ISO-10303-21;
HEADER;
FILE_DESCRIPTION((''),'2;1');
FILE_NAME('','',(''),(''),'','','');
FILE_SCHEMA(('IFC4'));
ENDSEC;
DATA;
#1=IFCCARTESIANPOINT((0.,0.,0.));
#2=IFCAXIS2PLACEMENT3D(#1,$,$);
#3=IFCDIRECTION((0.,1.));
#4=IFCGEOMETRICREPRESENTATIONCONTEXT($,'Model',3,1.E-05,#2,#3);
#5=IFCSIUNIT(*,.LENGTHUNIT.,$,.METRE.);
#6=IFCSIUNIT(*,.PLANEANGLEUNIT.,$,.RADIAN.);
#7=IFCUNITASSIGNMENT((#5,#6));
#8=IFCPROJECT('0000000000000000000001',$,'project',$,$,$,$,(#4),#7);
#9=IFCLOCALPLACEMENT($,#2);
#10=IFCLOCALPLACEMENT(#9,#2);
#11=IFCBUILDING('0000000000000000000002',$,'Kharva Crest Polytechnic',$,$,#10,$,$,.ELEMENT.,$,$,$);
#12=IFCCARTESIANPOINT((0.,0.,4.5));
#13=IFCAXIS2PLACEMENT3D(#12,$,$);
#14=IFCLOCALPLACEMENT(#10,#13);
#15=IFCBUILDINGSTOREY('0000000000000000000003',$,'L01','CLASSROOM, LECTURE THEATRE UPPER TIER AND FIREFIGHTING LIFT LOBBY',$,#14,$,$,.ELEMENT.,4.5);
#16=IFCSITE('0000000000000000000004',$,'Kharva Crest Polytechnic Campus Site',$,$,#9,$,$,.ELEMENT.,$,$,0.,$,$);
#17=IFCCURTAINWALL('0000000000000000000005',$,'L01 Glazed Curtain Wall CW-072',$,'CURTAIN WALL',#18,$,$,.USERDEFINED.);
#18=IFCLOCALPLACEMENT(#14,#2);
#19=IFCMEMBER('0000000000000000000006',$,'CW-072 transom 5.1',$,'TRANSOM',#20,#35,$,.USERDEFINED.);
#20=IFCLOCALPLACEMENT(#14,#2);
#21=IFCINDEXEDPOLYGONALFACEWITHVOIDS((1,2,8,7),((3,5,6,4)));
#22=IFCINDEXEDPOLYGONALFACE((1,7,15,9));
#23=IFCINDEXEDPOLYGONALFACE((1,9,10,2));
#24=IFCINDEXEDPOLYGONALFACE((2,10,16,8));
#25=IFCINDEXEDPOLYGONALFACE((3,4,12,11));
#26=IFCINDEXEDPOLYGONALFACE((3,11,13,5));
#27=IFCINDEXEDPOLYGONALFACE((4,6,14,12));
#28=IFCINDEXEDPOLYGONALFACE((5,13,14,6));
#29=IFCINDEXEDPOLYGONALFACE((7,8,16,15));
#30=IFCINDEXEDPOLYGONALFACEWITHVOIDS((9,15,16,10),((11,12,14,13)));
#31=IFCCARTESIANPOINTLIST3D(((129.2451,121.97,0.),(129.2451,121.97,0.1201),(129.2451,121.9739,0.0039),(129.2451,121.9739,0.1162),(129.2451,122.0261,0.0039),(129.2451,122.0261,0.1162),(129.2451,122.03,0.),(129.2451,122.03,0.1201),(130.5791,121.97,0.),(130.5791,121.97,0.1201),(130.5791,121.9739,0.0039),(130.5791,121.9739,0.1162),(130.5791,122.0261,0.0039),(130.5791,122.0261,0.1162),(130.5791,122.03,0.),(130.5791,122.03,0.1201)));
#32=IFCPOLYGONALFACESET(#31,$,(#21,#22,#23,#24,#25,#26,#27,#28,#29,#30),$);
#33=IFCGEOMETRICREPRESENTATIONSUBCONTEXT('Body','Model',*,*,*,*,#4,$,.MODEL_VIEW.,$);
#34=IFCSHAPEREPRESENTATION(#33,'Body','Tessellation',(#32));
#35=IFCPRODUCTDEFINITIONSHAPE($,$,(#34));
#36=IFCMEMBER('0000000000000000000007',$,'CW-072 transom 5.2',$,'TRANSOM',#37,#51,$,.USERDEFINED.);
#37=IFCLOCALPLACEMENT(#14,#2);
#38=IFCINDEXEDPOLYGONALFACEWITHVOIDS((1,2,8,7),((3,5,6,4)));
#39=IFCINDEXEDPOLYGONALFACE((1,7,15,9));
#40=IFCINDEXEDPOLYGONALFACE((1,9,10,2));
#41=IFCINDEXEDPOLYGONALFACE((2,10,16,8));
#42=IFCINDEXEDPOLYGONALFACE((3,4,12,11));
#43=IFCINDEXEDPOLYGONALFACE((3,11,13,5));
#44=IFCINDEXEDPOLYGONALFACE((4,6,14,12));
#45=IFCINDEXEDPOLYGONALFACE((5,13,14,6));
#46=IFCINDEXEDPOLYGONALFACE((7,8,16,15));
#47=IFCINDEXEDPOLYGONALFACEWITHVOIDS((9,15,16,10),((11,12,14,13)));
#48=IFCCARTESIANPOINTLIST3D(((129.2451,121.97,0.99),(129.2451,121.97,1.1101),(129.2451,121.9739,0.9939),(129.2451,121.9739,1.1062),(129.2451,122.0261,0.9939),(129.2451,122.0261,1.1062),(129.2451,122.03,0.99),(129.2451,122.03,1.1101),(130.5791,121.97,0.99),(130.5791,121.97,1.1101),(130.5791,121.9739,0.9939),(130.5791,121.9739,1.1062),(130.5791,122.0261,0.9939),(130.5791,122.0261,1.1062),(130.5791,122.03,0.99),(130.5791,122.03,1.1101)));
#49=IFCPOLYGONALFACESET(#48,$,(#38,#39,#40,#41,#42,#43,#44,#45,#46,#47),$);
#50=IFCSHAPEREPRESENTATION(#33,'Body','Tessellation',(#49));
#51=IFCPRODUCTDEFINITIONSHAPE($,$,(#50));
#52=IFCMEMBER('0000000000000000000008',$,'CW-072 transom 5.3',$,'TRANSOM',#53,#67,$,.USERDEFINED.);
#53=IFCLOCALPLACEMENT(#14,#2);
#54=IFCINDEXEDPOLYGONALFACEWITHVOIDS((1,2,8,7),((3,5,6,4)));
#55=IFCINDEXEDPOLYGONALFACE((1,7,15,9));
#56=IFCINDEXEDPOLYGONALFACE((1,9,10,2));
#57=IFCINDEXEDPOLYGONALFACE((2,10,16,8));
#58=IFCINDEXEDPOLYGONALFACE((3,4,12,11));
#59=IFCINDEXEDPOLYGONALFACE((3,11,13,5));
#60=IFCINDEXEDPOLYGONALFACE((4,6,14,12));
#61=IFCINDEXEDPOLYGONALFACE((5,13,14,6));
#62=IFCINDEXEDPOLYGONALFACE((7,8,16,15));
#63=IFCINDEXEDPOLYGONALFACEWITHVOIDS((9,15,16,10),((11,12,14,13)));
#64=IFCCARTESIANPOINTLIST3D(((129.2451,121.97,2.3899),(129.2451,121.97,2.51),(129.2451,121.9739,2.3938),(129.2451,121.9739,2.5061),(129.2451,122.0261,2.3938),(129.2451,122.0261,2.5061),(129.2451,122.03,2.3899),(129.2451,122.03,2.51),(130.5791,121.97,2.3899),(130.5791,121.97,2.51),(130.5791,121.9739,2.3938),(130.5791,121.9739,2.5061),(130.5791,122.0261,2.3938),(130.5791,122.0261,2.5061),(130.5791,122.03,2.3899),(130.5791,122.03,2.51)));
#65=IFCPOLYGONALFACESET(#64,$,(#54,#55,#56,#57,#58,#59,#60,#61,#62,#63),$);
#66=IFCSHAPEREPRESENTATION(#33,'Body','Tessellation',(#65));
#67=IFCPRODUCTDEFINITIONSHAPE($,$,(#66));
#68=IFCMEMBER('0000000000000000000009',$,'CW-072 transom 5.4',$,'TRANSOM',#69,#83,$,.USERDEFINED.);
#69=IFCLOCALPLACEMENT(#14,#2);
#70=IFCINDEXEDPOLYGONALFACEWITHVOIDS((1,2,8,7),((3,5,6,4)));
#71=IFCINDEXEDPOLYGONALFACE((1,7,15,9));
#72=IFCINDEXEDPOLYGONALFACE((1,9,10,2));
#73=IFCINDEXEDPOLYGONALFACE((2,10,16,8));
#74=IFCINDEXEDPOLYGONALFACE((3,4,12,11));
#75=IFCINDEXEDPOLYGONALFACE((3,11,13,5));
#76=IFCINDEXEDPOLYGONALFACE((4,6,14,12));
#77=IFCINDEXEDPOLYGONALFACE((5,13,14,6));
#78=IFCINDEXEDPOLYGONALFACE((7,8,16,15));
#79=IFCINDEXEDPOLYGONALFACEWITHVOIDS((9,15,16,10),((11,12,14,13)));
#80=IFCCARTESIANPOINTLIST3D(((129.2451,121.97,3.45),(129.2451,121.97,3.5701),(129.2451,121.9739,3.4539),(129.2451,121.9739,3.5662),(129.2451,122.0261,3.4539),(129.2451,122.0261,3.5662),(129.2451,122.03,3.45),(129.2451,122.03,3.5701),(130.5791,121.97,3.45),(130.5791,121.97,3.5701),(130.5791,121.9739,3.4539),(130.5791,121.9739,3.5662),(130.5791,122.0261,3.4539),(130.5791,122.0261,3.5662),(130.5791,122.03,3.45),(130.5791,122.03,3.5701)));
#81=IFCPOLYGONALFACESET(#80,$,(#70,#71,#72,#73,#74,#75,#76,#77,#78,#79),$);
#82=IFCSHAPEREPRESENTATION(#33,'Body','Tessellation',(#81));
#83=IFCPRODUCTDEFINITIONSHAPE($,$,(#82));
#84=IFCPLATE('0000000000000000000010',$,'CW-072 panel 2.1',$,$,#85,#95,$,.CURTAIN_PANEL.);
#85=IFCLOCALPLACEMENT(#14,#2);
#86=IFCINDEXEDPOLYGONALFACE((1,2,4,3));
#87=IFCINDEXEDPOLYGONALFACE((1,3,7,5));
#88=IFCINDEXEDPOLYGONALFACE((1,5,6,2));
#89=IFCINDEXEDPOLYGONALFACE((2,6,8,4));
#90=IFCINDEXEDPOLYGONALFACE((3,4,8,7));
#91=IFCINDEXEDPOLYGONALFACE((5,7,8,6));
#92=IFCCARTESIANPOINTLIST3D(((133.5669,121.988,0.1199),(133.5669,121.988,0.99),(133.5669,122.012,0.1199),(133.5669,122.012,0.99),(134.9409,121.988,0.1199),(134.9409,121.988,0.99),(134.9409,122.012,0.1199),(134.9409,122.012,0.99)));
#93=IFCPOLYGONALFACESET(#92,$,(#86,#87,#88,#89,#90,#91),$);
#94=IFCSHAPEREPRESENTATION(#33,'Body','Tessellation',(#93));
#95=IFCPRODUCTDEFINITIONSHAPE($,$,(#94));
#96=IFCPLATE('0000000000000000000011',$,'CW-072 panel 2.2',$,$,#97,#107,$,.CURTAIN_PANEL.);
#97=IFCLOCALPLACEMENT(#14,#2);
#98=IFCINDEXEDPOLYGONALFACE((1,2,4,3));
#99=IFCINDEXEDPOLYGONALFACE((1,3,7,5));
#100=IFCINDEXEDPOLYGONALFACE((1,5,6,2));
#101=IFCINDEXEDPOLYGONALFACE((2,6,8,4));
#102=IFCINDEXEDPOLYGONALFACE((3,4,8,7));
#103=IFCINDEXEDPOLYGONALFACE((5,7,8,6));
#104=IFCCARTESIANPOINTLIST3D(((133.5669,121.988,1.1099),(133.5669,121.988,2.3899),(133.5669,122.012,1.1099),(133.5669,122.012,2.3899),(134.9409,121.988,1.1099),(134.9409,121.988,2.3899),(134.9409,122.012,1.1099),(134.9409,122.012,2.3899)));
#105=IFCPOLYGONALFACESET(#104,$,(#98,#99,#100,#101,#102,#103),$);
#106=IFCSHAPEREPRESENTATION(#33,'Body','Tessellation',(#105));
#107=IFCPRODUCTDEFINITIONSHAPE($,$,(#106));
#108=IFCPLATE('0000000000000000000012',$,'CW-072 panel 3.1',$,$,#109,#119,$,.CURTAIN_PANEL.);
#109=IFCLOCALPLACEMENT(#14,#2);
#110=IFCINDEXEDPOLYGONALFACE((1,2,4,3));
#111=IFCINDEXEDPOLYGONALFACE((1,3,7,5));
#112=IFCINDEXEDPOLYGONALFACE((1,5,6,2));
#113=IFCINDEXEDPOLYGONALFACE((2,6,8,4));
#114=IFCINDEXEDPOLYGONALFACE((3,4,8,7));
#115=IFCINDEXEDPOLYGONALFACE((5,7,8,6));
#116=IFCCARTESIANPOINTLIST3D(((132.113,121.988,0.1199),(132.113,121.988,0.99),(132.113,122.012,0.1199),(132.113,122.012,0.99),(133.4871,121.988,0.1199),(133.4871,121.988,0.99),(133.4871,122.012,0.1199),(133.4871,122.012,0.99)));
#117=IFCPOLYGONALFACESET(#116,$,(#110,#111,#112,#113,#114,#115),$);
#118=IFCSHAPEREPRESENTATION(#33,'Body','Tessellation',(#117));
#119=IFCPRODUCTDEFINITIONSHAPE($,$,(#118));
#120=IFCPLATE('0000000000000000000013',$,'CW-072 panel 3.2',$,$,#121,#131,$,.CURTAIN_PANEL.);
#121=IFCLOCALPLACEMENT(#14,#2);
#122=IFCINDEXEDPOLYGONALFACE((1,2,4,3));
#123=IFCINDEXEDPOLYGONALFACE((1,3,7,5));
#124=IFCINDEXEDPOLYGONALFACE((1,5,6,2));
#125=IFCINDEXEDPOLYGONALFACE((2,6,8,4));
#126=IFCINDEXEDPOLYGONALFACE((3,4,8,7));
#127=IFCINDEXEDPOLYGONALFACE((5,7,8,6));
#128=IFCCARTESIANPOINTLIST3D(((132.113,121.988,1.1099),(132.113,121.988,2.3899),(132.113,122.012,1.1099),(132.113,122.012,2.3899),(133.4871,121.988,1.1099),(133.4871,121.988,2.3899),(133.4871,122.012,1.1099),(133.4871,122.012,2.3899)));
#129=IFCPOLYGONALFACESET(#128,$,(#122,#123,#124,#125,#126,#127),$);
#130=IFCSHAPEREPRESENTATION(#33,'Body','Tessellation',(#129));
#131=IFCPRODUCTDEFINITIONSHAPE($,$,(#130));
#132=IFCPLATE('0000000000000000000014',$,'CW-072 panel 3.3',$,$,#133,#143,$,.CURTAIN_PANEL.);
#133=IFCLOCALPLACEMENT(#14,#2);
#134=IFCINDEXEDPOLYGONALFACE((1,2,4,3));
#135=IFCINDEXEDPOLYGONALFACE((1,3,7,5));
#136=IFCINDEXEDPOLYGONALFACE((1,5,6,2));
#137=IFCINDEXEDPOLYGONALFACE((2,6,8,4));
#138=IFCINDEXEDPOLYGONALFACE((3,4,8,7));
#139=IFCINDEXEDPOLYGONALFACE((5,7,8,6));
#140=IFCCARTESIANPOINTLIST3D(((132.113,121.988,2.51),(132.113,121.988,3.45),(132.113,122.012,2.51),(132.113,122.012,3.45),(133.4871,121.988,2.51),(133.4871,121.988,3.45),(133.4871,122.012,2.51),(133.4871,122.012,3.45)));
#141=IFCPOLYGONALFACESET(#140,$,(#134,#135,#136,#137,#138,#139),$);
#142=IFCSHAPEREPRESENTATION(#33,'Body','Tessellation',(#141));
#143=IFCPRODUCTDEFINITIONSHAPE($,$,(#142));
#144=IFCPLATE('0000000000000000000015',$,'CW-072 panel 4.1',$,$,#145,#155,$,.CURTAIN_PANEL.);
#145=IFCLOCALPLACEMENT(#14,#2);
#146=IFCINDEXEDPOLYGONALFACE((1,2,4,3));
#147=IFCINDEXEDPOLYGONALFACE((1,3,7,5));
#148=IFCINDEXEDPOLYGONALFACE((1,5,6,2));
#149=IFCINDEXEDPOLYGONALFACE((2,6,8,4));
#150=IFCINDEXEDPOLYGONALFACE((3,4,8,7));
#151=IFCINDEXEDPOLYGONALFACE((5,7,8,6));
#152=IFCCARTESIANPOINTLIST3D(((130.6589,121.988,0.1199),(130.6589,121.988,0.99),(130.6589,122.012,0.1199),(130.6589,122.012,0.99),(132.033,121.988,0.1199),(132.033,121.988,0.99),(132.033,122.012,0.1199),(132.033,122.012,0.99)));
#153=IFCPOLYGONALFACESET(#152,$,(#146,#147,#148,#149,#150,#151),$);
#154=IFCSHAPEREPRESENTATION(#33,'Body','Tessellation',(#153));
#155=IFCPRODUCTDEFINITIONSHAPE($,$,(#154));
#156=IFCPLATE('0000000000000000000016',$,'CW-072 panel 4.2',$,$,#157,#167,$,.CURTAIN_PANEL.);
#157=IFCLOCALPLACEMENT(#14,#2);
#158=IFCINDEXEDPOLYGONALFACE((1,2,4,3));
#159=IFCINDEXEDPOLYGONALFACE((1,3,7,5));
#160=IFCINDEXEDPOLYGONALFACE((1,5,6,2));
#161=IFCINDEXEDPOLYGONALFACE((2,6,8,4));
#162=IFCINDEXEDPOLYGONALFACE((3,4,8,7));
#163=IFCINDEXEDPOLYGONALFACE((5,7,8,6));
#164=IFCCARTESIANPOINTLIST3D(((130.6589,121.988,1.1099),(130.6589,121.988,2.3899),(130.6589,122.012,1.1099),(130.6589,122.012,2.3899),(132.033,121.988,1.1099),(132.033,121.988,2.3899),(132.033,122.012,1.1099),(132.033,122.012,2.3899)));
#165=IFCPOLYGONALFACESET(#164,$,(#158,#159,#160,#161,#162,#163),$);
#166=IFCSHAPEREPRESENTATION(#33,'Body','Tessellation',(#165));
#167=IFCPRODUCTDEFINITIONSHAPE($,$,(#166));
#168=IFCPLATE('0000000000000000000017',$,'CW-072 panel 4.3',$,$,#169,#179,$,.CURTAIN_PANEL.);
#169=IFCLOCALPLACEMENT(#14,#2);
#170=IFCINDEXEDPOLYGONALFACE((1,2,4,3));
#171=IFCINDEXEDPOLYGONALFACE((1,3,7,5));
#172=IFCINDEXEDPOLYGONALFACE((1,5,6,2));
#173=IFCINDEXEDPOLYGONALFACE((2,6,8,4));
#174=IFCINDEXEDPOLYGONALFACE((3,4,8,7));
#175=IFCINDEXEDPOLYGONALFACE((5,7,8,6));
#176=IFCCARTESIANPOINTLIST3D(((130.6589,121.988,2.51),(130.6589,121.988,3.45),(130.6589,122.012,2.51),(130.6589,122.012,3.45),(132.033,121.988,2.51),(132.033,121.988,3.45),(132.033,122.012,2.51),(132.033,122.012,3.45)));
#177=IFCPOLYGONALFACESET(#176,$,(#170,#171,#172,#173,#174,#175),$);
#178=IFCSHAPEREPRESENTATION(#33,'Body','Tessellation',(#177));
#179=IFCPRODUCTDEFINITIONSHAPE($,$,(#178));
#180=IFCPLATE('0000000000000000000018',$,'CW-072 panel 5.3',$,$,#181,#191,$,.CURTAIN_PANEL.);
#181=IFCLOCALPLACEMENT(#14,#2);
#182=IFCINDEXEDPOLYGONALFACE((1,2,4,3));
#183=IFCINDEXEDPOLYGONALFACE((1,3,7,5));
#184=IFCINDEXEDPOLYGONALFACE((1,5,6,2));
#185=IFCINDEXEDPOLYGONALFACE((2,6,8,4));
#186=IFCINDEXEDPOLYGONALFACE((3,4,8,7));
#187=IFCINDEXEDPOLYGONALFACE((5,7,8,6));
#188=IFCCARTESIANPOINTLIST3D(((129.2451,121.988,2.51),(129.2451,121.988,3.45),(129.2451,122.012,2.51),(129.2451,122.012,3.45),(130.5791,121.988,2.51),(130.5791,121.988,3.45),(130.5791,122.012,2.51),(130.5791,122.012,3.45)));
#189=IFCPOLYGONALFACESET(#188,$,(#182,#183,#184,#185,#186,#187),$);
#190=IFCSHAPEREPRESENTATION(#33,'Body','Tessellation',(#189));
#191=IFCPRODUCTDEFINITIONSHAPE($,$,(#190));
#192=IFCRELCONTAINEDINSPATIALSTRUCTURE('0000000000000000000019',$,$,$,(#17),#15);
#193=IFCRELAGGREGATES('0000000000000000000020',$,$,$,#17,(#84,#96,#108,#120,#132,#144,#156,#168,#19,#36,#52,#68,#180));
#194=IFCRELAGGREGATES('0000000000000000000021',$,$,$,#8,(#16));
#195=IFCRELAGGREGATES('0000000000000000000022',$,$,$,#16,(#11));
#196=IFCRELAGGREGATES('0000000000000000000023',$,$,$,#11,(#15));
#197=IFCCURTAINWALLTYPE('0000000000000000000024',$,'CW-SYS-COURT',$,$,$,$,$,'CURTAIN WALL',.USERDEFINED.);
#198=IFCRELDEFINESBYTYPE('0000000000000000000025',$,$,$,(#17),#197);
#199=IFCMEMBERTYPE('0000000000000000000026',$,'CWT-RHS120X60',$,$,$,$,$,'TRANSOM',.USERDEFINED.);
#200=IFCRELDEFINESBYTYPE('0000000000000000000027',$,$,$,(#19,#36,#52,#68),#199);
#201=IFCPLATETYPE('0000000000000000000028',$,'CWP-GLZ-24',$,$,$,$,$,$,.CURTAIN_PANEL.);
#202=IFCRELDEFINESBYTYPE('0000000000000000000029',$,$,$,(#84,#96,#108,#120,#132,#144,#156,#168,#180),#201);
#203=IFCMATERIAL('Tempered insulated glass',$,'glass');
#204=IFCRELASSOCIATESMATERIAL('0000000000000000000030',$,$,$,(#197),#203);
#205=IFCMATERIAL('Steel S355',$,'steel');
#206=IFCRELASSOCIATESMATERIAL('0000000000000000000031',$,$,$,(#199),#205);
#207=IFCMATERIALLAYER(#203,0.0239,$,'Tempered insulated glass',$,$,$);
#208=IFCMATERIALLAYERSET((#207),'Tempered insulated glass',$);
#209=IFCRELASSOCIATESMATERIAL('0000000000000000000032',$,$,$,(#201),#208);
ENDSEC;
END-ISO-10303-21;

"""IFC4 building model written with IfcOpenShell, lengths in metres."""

from ifc_helpers import new_model, si_unit, direction, frame, origin, origin_2d, place, context, subcontext, project, spatial, rectangle, hollow_rectangle, extrude, material, layer, layer_set, material_profile, profile_set, type_object, element, aggregate, save


model = new_model("IFC4")

# Units and contexts
model_context = context("Model", 3, precision=1e-05, world=origin(), true_north=direction((0.0, 1.0)))
body_context = subcontext(model_context, "Body", "Model", "MODEL_VIEW")
ifc_project = project(units=[si_unit("LENGTHUNIT", "METRE"), si_unit("PLANEANGLEUNIT", "RADIAN")], contexts=[model_context])

# Site, building, storey
site_placement = place(None, origin())
site = spatial("IfcSite", under=ifc_project, at=site_placement, Name="Kharva Crest Polytechnic Campus Site", CompositionType="ELEMENT", RefElevation=0.0)
building_placement = place(site_placement, origin())
building = spatial("IfcBuilding", under=site, at=building_placement, Name="Kharva Crest Polytechnic", CompositionType="ELEMENT")
storey_placement = place(building_placement, frame((0.0, 0.0, 4.5)))
storey = spatial("IfcBuildingStorey", under=building, at=storey_placement, Name="L01", Description="CLASSROOM, LECTURE THEATRE UPPER TIER AND FIREFIGHTING LIFT LOBBY", CompositionType="ELEMENT", Elevation=4.5)

# Curtain wall, members, plates
ifc_material_1 = material(Name="Tempered insulated glass", Category="glass")
curtain_wall_type = type_object("IfcCurtainWallType", Name="CW-SYS-COURT", ElementType="CURTAIN WALL", PredefinedType="USERDEFINED", material=ifc_material_1)
curtain_wall_placement = place(storey_placement, origin())
curtain_wall = element("IfcCurtainWall", 1, at=curtain_wall_placement, inside=storey, type_object=curtain_wall_type, Name="L01 Glazed Curtain Wall CW-072", ObjectType="CURTAIN WALL", PredefinedType="USERDEFINED")
ifc_material_2 = material(Name="Steel S355", Category="steel")
ifc_material_profile_1 = material_profile(ifc_material_2, hollow_rectangle(XDim=0.0601, YDim=0.1201, WallThickness=0.0039, at=origin_2d()), Name="RHS 120X60X4.0")
ifc_profile_set_1 = profile_set([ifc_material_profile_1], Name="Steel S355")
member_type_1 = type_object("IfcMemberType", Name="CWT-RHS120X60", ElementType="TRANSOM", PredefinedType="USERDEFINED", material=ifc_profile_set_1)
member_1_placement = place(storey_placement, frame((130.5791, 122.0, 0.0601), z_axis=(-1.0, 0.0, 0.0), x_axis=(0.0, -1.0, 0.0)))
member_1 = element("IfcMember", 2, at=member_1_placement, type_object=member_type_1, Name="CW-072 transom 5.1", ObjectType="TRANSOM", PredefinedType="USERDEFINED", context=body_context, shape_type="SweptSolid", body=[
    extrude(hollow_rectangle(XDim=0.0601, YDim=0.1201, WallThickness=0.0039, at=origin_2d()), origin(), (0.0, 0.0, 1.0), 1.334),
])
member_2_placement = place(storey_placement, frame((130.5791, 122.0, 1.05), z_axis=(-1.0, 0.0, 0.0), x_axis=(0.0, -1.0, 0.0)))
member_2 = element("IfcMember", 3, at=member_2_placement, type_object=member_type_1, Name="CW-072 transom 5.2", ObjectType="TRANSOM", PredefinedType="USERDEFINED", context=body_context, shape_type="SweptSolid", body=[
    extrude(hollow_rectangle(XDim=0.0601, YDim=0.1201, WallThickness=0.0039, at=origin_2d()), origin(), (0.0, 0.0, 1.0), 1.334),
])
member_3_placement = place(storey_placement, frame((130.5791, 122.0, 2.45), z_axis=(-1.0, 0.0, 0.0), x_axis=(0.0, -1.0, 0.0)))
member_3 = element("IfcMember", 4, at=member_3_placement, type_object=member_type_1, Name="CW-072 transom 5.3", ObjectType="TRANSOM", PredefinedType="USERDEFINED", context=body_context, shape_type="SweptSolid", body=[
    extrude(hollow_rectangle(XDim=0.0601, YDim=0.1201, WallThickness=0.0039, at=origin_2d()), origin(), (0.0, 0.0, 1.0), 1.334),
])
member_4_placement = place(storey_placement, frame((130.5791, 122.0, 3.51), z_axis=(-1.0, 0.0, 0.0), x_axis=(0.0, -1.0, 0.0)))
member_4 = element("IfcMember", 5, at=member_4_placement, type_object=member_type_1, Name="CW-072 transom 5.4", ObjectType="TRANSOM", PredefinedType="USERDEFINED", context=body_context, shape_type="SweptSolid", body=[
    extrude(hollow_rectangle(XDim=0.0601, YDim=0.1201, WallThickness=0.0039, at=origin_2d()), origin(), (0.0, 0.0, 1.0), 1.334),
])
ifc_layer = layer(ifc_material_1, 0.0239, Name="Tempered insulated glass")
ifc_layer_set = layer_set([ifc_layer], Name="Tempered insulated glass")
plate_type = type_object("IfcPlateType", Name="CWP-GLZ-24", PredefinedType="CURTAIN_PANEL", material=ifc_layer_set)
plate_1_placement = place(storey_placement, frame((134.2539, 122.0, 0.1199), z_axis=(0.0, 0.0, 1.0), x_axis=(-1.0, 0.0, 0.0)))
plate_1 = element("IfcPlate", 6, at=plate_1_placement, type_object=plate_type, Name="CW-072 panel 2.1", PredefinedType="CURTAIN_PANEL", context=body_context, shape_type="SweptSolid", body=[
    extrude(rectangle(XDim=1.374, YDim=0.0239, at=origin_2d()), origin(), (0.0, 0.0, 1.0), 0.8701),
])
plate_2_placement = place(storey_placement, frame((134.2539, 122.0, 1.1099), z_axis=(0.0, 0.0, 1.0), x_axis=(-1.0, 0.0, 0.0)))
plate_2 = element("IfcPlate", 7, at=plate_2_placement, type_object=plate_type, Name="CW-072 panel 2.2", PredefinedType="CURTAIN_PANEL", context=body_context, shape_type="SweptSolid", body=[
    extrude(rectangle(XDim=1.374, YDim=0.0239, at=origin_2d()), origin(), (0.0, 0.0, 1.0), 1.28),
])
plate_3_placement = place(storey_placement, frame((132.8, 122.0, 0.1199), z_axis=(0.0, 0.0, 1.0), x_axis=(-1.0, 0.0, 0.0)))
plate_3 = element("IfcPlate", 8, at=plate_3_placement, type_object=plate_type, Name="CW-072 panel 3.1", PredefinedType="CURTAIN_PANEL", context=body_context, shape_type="SweptSolid", body=[
    extrude(rectangle(XDim=1.374, YDim=0.0239, at=origin_2d()), origin(), (0.0, 0.0, 1.0), 0.8701),
])
plate_4_placement = place(storey_placement, frame((132.8, 122.0, 1.1099), z_axis=(0.0, 0.0, 1.0), x_axis=(-1.0, 0.0, 0.0)))
plate_4 = element("IfcPlate", 9, at=plate_4_placement, type_object=plate_type, Name="CW-072 panel 3.2", PredefinedType="CURTAIN_PANEL", context=body_context, shape_type="SweptSolid", body=[
    extrude(rectangle(XDim=1.374, YDim=0.0239, at=origin_2d()), origin(), (0.0, 0.0, 1.0), 1.28),
])
plate_5_placement = place(storey_placement, frame((132.8, 122.0, 2.51), z_axis=(0.0, 0.0, 1.0), x_axis=(-1.0, 0.0, 0.0)))
plate_5 = element("IfcPlate", 10, at=plate_5_placement, type_object=plate_type, Name="CW-072 panel 3.3", PredefinedType="CURTAIN_PANEL", context=body_context, shape_type="SweptSolid", body=[
    extrude(rectangle(XDim=1.374, YDim=0.0239, at=origin_2d()), origin(), (0.0, 0.0, 1.0), 0.9399),
])
plate_6_placement = place(storey_placement, frame((131.3459, 122.0, 0.1199), z_axis=(0.0, 0.0, 1.0), x_axis=(-1.0, 0.0, 0.0)))
plate_6 = element("IfcPlate", 11, at=plate_6_placement, type_object=plate_type, Name="CW-072 panel 4.1", PredefinedType="CURTAIN_PANEL", context=body_context, shape_type="SweptSolid", body=[
    extrude(rectangle(XDim=1.374, YDim=0.0239, at=origin_2d()), origin(), (0.0, 0.0, 1.0), 0.8701),
])
plate_7_placement = place(storey_placement, frame((131.3459, 122.0, 1.1099), z_axis=(0.0, 0.0, 1.0), x_axis=(-1.0, 0.0, 0.0)))
plate_7 = element("IfcPlate", 12, at=plate_7_placement, type_object=plate_type, Name="CW-072 panel 4.2", PredefinedType="CURTAIN_PANEL", context=body_context, shape_type="SweptSolid", body=[
    extrude(rectangle(XDim=1.374, YDim=0.0239, at=origin_2d()), origin(), (0.0, 0.0, 1.0), 1.28),
])
plate_8_placement = place(storey_placement, frame((131.3459, 122.0, 2.51), z_axis=(0.0, 0.0, 1.0), x_axis=(-1.0, 0.0, 0.0)))
plate_8 = element("IfcPlate", 13, at=plate_8_placement, type_object=plate_type, Name="CW-072 panel 4.3", PredefinedType="CURTAIN_PANEL", context=body_context, shape_type="SweptSolid", body=[
    extrude(rectangle(XDim=1.374, YDim=0.0239, at=origin_2d()), origin(), (0.0, 0.0, 1.0), 0.9399),
])
plate_9_placement = place(storey_placement, frame((129.9121, 122.0, 2.51), z_axis=(0.0, 0.0, 1.0), x_axis=(-1.0, 0.0, 0.0)))
plate_9 = element("IfcPlate", 14, at=plate_9_placement, type_object=plate_type, Name="CW-072 panel 5.3", PredefinedType="CURTAIN_PANEL", context=body_context, shape_type="SweptSolid", body=[
    extrude(rectangle(XDim=1.334, YDim=0.0239, at=origin_2d()), origin(), (0.0, 0.0, 1.0), 0.9399),
])
aggregate(curtain_wall, [plate_1, plate_2, plate_3, plate_4, plate_5, plate_6, plate_7, plate_8, member_1, member_2, member_3, member_4, plate_9])

save(model, "model.ifc")
